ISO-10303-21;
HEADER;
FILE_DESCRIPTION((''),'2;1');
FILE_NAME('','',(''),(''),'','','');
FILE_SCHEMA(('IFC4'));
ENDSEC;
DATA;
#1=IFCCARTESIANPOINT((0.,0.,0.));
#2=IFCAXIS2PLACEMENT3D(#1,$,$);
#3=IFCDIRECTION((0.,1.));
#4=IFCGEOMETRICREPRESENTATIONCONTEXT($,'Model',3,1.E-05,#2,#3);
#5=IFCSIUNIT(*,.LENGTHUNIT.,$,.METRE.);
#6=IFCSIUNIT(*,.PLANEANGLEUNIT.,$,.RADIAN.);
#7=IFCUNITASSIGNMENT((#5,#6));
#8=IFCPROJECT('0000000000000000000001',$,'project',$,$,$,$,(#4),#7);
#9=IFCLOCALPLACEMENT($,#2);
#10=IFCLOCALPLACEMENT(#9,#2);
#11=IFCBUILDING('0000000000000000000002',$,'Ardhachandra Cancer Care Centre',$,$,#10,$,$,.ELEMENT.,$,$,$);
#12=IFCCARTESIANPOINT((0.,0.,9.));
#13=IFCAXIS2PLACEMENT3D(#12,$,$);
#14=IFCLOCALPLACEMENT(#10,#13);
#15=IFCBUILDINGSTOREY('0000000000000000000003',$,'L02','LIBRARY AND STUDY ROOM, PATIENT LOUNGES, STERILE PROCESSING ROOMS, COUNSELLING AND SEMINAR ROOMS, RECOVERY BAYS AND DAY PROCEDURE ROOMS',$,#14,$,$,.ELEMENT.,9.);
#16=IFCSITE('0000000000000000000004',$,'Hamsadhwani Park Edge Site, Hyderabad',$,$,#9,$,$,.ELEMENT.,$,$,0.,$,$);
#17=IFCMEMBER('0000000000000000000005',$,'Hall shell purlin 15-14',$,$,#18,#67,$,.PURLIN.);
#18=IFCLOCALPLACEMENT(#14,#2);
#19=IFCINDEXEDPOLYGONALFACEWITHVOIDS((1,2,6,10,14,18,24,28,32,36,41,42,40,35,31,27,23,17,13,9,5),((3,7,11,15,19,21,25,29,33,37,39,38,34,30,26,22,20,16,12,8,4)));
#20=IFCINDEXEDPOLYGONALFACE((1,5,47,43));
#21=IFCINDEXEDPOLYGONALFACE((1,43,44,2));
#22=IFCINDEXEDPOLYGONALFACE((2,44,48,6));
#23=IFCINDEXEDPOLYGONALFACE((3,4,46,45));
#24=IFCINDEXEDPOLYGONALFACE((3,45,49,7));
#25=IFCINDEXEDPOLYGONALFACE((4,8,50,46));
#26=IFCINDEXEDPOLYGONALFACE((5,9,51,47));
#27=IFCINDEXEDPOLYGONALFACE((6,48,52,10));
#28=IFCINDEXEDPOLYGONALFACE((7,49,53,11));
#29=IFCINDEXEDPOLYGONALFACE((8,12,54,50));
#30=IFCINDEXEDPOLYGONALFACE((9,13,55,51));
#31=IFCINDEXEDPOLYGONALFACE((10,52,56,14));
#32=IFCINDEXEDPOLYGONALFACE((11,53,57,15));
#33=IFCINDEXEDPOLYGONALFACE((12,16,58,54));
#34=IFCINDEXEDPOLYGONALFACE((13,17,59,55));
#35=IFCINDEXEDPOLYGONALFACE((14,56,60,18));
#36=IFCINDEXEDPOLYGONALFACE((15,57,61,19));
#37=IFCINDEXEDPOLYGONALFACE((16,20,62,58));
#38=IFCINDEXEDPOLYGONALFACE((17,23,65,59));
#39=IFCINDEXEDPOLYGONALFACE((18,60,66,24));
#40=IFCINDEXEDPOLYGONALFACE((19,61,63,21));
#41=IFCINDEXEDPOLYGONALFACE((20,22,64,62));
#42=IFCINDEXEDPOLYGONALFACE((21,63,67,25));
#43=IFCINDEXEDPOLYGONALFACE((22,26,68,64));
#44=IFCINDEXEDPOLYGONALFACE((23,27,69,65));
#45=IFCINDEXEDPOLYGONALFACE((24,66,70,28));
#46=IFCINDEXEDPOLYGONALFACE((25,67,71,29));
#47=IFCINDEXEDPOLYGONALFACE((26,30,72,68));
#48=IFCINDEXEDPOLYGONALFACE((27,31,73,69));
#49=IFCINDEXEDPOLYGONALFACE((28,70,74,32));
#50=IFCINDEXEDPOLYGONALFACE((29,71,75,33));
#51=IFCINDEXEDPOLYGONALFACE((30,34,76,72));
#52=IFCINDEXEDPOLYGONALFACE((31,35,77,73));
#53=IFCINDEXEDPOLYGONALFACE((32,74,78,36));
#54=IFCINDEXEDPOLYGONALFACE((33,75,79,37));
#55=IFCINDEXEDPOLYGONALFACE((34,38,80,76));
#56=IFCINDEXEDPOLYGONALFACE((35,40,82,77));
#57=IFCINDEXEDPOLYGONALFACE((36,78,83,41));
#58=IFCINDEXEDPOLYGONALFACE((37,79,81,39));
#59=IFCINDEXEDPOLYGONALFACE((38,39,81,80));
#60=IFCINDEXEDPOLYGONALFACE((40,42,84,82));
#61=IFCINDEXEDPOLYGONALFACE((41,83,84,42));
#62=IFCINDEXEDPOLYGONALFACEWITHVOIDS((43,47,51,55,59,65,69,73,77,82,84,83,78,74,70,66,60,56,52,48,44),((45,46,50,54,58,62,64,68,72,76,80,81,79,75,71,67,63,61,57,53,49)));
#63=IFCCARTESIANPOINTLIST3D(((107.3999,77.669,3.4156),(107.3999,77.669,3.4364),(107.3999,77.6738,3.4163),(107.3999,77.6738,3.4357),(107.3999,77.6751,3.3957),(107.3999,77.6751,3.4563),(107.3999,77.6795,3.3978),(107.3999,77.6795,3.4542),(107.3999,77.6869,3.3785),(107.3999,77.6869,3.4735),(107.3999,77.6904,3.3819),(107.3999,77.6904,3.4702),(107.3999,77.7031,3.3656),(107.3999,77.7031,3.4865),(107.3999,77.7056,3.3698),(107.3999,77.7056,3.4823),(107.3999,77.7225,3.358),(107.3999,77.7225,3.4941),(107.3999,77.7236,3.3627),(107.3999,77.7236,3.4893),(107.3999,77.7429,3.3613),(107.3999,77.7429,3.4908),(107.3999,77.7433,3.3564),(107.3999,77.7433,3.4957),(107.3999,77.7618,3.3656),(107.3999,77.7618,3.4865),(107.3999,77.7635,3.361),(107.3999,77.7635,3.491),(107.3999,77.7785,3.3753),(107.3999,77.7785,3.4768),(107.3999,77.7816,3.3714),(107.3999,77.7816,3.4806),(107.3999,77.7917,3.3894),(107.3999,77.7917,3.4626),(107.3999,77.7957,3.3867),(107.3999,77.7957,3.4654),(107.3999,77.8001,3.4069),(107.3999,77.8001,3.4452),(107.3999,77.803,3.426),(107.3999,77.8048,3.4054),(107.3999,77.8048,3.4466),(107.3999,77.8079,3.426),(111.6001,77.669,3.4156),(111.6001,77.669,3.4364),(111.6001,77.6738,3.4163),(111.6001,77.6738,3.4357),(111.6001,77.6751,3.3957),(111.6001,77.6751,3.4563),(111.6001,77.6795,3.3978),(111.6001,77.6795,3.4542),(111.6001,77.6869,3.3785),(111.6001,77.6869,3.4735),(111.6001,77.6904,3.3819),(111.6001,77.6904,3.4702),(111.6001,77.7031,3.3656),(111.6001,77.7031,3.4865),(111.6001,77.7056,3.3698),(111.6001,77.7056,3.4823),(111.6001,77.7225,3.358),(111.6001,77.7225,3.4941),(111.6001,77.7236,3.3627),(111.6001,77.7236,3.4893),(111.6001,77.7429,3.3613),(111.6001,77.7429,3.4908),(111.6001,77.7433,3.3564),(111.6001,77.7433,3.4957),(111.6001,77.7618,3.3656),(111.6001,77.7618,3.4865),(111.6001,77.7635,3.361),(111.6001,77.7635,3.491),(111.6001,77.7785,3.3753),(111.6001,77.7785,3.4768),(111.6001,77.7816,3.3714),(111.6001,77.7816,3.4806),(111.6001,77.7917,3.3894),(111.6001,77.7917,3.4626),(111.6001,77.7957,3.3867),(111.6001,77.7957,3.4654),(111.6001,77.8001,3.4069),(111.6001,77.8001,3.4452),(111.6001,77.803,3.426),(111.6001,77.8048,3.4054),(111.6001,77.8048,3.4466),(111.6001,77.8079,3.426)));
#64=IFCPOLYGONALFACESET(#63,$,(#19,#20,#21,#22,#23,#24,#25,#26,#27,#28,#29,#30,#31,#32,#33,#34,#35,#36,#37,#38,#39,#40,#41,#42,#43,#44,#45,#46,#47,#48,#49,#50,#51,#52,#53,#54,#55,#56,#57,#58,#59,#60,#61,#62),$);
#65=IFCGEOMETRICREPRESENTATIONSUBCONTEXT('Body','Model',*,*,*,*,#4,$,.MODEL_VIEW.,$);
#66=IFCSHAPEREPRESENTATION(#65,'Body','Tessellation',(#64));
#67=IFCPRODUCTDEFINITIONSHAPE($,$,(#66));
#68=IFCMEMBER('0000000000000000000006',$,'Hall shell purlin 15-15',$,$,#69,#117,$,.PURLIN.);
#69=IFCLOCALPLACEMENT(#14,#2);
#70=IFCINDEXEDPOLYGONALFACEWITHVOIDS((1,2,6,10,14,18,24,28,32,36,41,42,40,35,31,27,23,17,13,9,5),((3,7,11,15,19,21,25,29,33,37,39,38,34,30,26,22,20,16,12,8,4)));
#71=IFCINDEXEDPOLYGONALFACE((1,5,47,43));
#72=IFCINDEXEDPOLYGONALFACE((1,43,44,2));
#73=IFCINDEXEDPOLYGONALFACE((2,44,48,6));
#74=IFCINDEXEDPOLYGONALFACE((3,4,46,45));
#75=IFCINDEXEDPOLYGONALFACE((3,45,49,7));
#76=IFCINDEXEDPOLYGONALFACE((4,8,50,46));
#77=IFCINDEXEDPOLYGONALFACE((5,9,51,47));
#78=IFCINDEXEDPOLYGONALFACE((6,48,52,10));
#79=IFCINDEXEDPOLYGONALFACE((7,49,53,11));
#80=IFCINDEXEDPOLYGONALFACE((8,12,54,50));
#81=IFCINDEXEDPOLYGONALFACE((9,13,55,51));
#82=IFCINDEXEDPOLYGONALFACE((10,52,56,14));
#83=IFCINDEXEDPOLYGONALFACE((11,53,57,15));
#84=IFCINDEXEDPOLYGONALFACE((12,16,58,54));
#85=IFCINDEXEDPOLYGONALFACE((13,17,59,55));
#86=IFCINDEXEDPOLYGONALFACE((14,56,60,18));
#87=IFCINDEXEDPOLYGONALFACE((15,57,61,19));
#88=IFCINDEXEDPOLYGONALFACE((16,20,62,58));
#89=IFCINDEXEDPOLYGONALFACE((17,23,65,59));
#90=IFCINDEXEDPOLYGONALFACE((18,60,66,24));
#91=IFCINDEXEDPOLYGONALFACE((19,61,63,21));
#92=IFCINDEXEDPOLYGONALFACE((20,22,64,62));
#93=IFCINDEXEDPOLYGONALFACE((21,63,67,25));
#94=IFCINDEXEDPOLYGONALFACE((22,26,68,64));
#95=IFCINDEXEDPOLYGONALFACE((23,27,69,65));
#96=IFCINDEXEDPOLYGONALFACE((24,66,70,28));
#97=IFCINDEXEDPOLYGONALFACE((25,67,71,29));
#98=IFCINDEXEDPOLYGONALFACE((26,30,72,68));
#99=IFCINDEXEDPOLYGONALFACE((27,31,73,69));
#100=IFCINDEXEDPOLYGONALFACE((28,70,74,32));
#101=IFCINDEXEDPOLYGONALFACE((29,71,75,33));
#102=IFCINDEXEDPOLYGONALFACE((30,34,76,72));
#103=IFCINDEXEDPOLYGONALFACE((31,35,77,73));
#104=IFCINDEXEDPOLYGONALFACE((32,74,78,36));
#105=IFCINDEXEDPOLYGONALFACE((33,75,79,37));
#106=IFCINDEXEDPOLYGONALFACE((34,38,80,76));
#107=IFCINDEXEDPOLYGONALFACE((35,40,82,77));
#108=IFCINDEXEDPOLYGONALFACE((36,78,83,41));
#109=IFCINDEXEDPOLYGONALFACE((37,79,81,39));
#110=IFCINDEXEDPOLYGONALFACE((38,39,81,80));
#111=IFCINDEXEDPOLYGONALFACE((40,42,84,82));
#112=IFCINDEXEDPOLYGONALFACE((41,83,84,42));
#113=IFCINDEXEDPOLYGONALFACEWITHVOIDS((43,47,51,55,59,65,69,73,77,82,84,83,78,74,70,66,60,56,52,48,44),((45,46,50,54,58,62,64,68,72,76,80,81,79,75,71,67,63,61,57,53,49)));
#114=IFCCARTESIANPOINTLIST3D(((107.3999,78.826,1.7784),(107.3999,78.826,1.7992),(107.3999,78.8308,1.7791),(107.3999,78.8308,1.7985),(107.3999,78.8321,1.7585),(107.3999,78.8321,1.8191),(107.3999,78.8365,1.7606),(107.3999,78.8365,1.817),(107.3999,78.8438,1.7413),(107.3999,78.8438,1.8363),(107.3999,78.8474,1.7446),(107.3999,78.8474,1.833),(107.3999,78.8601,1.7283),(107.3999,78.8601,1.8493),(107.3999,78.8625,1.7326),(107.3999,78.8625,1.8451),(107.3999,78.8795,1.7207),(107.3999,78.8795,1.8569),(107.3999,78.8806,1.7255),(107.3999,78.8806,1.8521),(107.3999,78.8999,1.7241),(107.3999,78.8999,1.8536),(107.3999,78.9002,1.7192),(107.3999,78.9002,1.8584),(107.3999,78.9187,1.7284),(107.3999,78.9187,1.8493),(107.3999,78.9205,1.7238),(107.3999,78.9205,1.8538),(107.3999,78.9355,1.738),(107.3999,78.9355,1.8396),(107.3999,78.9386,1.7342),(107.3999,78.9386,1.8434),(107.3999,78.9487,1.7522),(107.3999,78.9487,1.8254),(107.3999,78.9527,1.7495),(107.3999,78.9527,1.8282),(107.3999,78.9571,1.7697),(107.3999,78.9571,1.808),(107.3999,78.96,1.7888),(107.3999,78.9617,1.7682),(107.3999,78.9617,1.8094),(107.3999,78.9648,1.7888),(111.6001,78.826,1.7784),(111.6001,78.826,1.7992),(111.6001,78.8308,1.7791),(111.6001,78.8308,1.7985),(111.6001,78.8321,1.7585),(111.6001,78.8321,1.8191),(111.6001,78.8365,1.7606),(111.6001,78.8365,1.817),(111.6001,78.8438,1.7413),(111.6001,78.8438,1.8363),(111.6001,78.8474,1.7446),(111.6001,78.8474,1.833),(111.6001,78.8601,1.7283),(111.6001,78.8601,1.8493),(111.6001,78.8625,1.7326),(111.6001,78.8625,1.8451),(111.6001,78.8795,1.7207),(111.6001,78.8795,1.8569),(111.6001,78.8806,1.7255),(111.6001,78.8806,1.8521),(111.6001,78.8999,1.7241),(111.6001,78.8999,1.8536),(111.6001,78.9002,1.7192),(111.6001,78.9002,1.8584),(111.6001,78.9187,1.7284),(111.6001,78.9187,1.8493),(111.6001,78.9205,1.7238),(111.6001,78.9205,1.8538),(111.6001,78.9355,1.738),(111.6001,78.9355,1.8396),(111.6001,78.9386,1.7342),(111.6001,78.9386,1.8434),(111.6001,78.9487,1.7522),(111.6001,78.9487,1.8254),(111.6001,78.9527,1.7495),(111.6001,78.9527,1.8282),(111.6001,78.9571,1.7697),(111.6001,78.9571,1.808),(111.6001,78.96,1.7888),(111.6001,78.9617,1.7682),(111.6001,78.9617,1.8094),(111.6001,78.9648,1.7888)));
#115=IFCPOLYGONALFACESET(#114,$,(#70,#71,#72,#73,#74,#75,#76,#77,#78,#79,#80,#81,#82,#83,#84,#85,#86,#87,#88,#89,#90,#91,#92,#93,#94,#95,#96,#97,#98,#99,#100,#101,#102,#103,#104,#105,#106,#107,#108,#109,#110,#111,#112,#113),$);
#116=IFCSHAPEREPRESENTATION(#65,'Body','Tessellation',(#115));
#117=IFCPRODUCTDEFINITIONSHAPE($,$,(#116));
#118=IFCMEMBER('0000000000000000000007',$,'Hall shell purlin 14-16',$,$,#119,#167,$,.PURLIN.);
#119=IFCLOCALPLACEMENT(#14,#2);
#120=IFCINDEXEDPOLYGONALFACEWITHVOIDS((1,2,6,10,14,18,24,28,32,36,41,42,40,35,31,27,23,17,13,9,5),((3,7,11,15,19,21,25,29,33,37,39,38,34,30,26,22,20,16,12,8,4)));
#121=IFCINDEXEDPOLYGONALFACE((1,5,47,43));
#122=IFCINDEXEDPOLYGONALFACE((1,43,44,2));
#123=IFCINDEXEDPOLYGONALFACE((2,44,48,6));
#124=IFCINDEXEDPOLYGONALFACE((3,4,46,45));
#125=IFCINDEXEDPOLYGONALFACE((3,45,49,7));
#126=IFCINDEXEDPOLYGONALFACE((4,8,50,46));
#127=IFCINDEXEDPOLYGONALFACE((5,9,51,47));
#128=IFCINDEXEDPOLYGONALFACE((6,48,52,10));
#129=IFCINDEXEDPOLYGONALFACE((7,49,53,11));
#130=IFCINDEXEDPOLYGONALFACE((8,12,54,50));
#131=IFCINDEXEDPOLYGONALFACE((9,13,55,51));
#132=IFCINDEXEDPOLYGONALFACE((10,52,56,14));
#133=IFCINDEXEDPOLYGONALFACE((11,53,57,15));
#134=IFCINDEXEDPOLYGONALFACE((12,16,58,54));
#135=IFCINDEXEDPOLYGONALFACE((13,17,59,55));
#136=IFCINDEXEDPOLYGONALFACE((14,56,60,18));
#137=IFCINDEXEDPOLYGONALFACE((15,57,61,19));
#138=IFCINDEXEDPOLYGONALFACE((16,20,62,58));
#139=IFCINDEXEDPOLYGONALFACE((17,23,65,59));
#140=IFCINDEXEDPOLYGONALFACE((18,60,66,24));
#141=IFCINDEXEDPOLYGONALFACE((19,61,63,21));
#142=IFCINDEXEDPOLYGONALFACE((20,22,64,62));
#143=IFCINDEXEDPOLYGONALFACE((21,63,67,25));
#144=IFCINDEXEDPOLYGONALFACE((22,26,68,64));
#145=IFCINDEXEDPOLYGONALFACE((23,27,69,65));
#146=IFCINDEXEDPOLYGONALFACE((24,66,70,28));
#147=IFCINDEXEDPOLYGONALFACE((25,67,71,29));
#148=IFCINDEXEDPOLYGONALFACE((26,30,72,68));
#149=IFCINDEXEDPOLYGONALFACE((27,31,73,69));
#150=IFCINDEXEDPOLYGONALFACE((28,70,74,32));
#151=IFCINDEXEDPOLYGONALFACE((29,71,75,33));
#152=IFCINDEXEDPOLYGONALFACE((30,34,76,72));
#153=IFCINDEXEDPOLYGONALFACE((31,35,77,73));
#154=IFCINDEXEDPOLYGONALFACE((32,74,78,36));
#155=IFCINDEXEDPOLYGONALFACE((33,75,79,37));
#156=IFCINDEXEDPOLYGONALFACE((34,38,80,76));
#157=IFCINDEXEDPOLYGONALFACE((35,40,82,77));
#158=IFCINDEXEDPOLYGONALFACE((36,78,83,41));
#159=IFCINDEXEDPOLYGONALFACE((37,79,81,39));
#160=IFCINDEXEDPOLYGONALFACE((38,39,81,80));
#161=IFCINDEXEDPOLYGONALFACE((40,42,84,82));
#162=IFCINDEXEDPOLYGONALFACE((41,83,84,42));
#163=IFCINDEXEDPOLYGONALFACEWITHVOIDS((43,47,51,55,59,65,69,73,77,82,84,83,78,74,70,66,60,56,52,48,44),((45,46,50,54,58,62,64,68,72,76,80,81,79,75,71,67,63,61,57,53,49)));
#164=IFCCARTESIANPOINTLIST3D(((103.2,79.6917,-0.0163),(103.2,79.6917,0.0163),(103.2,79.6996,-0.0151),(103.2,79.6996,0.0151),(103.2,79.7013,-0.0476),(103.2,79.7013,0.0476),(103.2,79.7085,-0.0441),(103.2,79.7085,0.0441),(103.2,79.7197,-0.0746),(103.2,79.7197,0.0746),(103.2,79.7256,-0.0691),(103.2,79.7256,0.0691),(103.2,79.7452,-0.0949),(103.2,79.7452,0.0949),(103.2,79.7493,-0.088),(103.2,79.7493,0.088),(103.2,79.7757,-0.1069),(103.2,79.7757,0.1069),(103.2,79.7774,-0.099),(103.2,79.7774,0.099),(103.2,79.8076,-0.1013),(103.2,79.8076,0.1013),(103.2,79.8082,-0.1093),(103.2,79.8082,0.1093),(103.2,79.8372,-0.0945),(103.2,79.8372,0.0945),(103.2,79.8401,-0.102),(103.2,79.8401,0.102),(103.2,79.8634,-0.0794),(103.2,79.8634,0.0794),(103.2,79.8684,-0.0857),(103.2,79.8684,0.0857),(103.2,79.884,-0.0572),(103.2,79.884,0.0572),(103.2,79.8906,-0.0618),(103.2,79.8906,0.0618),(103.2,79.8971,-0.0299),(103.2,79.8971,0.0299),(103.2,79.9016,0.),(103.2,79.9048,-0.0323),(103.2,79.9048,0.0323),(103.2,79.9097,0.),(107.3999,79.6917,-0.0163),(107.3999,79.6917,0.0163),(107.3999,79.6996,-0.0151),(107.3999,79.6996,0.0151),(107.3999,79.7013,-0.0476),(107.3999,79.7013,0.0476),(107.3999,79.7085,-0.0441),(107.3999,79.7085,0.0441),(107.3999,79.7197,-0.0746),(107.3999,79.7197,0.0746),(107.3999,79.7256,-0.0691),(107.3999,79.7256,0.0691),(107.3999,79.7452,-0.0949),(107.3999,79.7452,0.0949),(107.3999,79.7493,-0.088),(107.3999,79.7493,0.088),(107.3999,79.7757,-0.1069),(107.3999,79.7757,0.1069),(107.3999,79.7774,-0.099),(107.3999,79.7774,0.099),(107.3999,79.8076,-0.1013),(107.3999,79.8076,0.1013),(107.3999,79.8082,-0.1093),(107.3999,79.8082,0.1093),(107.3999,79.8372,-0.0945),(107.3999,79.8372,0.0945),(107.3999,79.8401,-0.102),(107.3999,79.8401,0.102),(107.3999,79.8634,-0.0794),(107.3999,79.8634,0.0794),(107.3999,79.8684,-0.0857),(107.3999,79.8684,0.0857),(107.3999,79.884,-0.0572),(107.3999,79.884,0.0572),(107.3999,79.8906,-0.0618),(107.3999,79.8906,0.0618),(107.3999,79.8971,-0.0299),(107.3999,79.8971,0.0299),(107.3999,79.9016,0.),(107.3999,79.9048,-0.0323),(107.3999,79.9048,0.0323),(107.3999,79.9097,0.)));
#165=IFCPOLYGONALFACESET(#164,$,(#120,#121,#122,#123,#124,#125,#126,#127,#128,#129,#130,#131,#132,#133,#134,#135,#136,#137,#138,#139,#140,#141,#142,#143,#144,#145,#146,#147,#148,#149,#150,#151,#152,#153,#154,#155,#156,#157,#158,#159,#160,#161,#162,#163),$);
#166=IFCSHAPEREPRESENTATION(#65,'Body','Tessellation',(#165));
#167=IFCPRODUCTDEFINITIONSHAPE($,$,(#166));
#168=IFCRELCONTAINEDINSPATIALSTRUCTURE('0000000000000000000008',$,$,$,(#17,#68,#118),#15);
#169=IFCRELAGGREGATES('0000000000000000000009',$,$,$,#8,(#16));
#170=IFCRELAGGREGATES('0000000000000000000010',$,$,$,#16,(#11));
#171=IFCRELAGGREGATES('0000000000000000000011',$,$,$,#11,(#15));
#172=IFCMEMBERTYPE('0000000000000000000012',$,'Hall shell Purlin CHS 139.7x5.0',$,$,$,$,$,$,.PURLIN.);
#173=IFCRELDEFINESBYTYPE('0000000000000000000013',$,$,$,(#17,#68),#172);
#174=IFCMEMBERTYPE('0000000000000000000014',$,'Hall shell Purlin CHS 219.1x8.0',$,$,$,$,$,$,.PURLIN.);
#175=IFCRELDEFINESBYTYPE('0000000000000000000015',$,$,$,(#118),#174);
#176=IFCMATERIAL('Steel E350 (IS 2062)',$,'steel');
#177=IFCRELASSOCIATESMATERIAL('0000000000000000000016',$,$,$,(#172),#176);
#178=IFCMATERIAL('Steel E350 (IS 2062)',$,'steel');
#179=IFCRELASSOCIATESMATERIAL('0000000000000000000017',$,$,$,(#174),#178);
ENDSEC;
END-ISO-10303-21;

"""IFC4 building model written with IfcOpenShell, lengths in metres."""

from ifc_helpers import new_model, si_unit, direction, frame, origin, origin_2d, place, context, subcontext, project, spatial, hollow_circle, extrude, material, material_profile, profile_set, type_object, element, save


model = new_model("IFC4")

# Units and contexts
model_context = context("Model", 3, precision=1e-05, world=origin(), true_north=direction((0.0, 1.0)))
body_context = subcontext(model_context, "Body", "Model", "MODEL_VIEW")
ifc_project = project(units=[si_unit("LENGTHUNIT", "METRE"), si_unit("PLANEANGLEUNIT", "RADIAN")], contexts=[model_context])

# Site, building, storey
site_placement = place(None, origin())
site = spatial("IfcSite", under=ifc_project, at=site_placement, Name="Hamsadhwani Park Edge Site, Hyderabad", CompositionType="ELEMENT", RefElevation=0.0)
building_placement = place(site_placement, origin())
building = spatial("IfcBuilding", under=site, at=building_placement, Name="Ardhachandra Cancer Care Centre", CompositionType="ELEMENT")
storey_placement = place(building_placement, frame((0.0, 0.0, 9.0)))
storey = spatial("IfcBuildingStorey", under=building, at=storey_placement, Name="L02", Description="LIBRARY AND STUDY ROOM, PATIENT LOUNGES, STERILE PROCESSING ROOMS, COUNSELLING AND SEMINAR ROOMS, RECOVERY BAYS AND DAY PROCEDURE ROOMS", CompositionType="ELEMENT", Elevation=9.0)

# Members
ifc_material_1 = material(Name="Steel E350 (IS 2062)", Category="steel")
ifc_material_profile_1 = material_profile(ifc_material_1, hollow_circle(Radius=0.0698, WallThickness=0.0049, at=origin_2d()), Name="CHS 139.7x5.0")
ifc_profile_set_1 = profile_set([ifc_material_profile_1], Name="Steel E350 (IS 2062)")
member_type_1 = type_object("IfcMemberType", Name="Hall shell Purlin CHS 139.7x5.0", PredefinedType="PURLIN", material=ifc_profile_set_1)
for number, where, z_axis, x_axis, name in (
    (1, (107.3999, 77.738, 3.426), (1.0, 0.0, 0.0), (0.0, 1.0, 0.0), "Hall shell purlin 15-14"),
    (2, (107.3999, 78.895, 1.7888), (1.0, 0.0, 0.0), (0.0, 1.0, 0.0), "Hall shell purlin 15-15"),
):
    element("IfcMember", number, at=place(storey_placement, frame(where, z_axis=z_axis, x_axis=x_axis)), inside=storey, type_object=member_type_1, Name=name, PredefinedType="PURLIN", context=body_context, shape_type="SweptSolid", body=[
        extrude(hollow_circle(Radius=0.0698, WallThickness=0.0049, at=origin_2d()), origin(), (0.0, 0.0, 1.0), 4.2002),
    ])
ifc_material_2 = material(Name="Steel E350 (IS 2062)", Category="steel")
ifc_material_profile_2 = material_profile(ifc_material_2, hollow_circle(Radius=0.1096, WallThickness=0.0081, at=origin_2d()), Name="CHS 219.1x8.0")
ifc_profile_set_2 = profile_set([ifc_material_profile_2], Name="Steel E350 (IS 2062)")
member_type_2 = type_object("IfcMemberType", Name="Hall shell Purlin CHS 219.1x8.0", PredefinedType="PURLIN", material=ifc_profile_set_2)
member_1_placement = place(storey_placement, frame((103.2, 79.8, 0.0), z_axis=(1.0, 0.0, 0.0), x_axis=(0.0, 1.0, 0.0)))
element("IfcMember", 3, at=member_1_placement, inside=storey, type_object=member_type_2, Name="Hall shell purlin 14-16", PredefinedType="PURLIN", context=body_context, shape_type="SweptSolid", body=[
    extrude(hollow_circle(Radius=0.1096, WallThickness=0.0081, at=origin_2d()), origin(), (0.0, 0.0, 1.0), 4.2),
])

save(model, "model.ifc")
